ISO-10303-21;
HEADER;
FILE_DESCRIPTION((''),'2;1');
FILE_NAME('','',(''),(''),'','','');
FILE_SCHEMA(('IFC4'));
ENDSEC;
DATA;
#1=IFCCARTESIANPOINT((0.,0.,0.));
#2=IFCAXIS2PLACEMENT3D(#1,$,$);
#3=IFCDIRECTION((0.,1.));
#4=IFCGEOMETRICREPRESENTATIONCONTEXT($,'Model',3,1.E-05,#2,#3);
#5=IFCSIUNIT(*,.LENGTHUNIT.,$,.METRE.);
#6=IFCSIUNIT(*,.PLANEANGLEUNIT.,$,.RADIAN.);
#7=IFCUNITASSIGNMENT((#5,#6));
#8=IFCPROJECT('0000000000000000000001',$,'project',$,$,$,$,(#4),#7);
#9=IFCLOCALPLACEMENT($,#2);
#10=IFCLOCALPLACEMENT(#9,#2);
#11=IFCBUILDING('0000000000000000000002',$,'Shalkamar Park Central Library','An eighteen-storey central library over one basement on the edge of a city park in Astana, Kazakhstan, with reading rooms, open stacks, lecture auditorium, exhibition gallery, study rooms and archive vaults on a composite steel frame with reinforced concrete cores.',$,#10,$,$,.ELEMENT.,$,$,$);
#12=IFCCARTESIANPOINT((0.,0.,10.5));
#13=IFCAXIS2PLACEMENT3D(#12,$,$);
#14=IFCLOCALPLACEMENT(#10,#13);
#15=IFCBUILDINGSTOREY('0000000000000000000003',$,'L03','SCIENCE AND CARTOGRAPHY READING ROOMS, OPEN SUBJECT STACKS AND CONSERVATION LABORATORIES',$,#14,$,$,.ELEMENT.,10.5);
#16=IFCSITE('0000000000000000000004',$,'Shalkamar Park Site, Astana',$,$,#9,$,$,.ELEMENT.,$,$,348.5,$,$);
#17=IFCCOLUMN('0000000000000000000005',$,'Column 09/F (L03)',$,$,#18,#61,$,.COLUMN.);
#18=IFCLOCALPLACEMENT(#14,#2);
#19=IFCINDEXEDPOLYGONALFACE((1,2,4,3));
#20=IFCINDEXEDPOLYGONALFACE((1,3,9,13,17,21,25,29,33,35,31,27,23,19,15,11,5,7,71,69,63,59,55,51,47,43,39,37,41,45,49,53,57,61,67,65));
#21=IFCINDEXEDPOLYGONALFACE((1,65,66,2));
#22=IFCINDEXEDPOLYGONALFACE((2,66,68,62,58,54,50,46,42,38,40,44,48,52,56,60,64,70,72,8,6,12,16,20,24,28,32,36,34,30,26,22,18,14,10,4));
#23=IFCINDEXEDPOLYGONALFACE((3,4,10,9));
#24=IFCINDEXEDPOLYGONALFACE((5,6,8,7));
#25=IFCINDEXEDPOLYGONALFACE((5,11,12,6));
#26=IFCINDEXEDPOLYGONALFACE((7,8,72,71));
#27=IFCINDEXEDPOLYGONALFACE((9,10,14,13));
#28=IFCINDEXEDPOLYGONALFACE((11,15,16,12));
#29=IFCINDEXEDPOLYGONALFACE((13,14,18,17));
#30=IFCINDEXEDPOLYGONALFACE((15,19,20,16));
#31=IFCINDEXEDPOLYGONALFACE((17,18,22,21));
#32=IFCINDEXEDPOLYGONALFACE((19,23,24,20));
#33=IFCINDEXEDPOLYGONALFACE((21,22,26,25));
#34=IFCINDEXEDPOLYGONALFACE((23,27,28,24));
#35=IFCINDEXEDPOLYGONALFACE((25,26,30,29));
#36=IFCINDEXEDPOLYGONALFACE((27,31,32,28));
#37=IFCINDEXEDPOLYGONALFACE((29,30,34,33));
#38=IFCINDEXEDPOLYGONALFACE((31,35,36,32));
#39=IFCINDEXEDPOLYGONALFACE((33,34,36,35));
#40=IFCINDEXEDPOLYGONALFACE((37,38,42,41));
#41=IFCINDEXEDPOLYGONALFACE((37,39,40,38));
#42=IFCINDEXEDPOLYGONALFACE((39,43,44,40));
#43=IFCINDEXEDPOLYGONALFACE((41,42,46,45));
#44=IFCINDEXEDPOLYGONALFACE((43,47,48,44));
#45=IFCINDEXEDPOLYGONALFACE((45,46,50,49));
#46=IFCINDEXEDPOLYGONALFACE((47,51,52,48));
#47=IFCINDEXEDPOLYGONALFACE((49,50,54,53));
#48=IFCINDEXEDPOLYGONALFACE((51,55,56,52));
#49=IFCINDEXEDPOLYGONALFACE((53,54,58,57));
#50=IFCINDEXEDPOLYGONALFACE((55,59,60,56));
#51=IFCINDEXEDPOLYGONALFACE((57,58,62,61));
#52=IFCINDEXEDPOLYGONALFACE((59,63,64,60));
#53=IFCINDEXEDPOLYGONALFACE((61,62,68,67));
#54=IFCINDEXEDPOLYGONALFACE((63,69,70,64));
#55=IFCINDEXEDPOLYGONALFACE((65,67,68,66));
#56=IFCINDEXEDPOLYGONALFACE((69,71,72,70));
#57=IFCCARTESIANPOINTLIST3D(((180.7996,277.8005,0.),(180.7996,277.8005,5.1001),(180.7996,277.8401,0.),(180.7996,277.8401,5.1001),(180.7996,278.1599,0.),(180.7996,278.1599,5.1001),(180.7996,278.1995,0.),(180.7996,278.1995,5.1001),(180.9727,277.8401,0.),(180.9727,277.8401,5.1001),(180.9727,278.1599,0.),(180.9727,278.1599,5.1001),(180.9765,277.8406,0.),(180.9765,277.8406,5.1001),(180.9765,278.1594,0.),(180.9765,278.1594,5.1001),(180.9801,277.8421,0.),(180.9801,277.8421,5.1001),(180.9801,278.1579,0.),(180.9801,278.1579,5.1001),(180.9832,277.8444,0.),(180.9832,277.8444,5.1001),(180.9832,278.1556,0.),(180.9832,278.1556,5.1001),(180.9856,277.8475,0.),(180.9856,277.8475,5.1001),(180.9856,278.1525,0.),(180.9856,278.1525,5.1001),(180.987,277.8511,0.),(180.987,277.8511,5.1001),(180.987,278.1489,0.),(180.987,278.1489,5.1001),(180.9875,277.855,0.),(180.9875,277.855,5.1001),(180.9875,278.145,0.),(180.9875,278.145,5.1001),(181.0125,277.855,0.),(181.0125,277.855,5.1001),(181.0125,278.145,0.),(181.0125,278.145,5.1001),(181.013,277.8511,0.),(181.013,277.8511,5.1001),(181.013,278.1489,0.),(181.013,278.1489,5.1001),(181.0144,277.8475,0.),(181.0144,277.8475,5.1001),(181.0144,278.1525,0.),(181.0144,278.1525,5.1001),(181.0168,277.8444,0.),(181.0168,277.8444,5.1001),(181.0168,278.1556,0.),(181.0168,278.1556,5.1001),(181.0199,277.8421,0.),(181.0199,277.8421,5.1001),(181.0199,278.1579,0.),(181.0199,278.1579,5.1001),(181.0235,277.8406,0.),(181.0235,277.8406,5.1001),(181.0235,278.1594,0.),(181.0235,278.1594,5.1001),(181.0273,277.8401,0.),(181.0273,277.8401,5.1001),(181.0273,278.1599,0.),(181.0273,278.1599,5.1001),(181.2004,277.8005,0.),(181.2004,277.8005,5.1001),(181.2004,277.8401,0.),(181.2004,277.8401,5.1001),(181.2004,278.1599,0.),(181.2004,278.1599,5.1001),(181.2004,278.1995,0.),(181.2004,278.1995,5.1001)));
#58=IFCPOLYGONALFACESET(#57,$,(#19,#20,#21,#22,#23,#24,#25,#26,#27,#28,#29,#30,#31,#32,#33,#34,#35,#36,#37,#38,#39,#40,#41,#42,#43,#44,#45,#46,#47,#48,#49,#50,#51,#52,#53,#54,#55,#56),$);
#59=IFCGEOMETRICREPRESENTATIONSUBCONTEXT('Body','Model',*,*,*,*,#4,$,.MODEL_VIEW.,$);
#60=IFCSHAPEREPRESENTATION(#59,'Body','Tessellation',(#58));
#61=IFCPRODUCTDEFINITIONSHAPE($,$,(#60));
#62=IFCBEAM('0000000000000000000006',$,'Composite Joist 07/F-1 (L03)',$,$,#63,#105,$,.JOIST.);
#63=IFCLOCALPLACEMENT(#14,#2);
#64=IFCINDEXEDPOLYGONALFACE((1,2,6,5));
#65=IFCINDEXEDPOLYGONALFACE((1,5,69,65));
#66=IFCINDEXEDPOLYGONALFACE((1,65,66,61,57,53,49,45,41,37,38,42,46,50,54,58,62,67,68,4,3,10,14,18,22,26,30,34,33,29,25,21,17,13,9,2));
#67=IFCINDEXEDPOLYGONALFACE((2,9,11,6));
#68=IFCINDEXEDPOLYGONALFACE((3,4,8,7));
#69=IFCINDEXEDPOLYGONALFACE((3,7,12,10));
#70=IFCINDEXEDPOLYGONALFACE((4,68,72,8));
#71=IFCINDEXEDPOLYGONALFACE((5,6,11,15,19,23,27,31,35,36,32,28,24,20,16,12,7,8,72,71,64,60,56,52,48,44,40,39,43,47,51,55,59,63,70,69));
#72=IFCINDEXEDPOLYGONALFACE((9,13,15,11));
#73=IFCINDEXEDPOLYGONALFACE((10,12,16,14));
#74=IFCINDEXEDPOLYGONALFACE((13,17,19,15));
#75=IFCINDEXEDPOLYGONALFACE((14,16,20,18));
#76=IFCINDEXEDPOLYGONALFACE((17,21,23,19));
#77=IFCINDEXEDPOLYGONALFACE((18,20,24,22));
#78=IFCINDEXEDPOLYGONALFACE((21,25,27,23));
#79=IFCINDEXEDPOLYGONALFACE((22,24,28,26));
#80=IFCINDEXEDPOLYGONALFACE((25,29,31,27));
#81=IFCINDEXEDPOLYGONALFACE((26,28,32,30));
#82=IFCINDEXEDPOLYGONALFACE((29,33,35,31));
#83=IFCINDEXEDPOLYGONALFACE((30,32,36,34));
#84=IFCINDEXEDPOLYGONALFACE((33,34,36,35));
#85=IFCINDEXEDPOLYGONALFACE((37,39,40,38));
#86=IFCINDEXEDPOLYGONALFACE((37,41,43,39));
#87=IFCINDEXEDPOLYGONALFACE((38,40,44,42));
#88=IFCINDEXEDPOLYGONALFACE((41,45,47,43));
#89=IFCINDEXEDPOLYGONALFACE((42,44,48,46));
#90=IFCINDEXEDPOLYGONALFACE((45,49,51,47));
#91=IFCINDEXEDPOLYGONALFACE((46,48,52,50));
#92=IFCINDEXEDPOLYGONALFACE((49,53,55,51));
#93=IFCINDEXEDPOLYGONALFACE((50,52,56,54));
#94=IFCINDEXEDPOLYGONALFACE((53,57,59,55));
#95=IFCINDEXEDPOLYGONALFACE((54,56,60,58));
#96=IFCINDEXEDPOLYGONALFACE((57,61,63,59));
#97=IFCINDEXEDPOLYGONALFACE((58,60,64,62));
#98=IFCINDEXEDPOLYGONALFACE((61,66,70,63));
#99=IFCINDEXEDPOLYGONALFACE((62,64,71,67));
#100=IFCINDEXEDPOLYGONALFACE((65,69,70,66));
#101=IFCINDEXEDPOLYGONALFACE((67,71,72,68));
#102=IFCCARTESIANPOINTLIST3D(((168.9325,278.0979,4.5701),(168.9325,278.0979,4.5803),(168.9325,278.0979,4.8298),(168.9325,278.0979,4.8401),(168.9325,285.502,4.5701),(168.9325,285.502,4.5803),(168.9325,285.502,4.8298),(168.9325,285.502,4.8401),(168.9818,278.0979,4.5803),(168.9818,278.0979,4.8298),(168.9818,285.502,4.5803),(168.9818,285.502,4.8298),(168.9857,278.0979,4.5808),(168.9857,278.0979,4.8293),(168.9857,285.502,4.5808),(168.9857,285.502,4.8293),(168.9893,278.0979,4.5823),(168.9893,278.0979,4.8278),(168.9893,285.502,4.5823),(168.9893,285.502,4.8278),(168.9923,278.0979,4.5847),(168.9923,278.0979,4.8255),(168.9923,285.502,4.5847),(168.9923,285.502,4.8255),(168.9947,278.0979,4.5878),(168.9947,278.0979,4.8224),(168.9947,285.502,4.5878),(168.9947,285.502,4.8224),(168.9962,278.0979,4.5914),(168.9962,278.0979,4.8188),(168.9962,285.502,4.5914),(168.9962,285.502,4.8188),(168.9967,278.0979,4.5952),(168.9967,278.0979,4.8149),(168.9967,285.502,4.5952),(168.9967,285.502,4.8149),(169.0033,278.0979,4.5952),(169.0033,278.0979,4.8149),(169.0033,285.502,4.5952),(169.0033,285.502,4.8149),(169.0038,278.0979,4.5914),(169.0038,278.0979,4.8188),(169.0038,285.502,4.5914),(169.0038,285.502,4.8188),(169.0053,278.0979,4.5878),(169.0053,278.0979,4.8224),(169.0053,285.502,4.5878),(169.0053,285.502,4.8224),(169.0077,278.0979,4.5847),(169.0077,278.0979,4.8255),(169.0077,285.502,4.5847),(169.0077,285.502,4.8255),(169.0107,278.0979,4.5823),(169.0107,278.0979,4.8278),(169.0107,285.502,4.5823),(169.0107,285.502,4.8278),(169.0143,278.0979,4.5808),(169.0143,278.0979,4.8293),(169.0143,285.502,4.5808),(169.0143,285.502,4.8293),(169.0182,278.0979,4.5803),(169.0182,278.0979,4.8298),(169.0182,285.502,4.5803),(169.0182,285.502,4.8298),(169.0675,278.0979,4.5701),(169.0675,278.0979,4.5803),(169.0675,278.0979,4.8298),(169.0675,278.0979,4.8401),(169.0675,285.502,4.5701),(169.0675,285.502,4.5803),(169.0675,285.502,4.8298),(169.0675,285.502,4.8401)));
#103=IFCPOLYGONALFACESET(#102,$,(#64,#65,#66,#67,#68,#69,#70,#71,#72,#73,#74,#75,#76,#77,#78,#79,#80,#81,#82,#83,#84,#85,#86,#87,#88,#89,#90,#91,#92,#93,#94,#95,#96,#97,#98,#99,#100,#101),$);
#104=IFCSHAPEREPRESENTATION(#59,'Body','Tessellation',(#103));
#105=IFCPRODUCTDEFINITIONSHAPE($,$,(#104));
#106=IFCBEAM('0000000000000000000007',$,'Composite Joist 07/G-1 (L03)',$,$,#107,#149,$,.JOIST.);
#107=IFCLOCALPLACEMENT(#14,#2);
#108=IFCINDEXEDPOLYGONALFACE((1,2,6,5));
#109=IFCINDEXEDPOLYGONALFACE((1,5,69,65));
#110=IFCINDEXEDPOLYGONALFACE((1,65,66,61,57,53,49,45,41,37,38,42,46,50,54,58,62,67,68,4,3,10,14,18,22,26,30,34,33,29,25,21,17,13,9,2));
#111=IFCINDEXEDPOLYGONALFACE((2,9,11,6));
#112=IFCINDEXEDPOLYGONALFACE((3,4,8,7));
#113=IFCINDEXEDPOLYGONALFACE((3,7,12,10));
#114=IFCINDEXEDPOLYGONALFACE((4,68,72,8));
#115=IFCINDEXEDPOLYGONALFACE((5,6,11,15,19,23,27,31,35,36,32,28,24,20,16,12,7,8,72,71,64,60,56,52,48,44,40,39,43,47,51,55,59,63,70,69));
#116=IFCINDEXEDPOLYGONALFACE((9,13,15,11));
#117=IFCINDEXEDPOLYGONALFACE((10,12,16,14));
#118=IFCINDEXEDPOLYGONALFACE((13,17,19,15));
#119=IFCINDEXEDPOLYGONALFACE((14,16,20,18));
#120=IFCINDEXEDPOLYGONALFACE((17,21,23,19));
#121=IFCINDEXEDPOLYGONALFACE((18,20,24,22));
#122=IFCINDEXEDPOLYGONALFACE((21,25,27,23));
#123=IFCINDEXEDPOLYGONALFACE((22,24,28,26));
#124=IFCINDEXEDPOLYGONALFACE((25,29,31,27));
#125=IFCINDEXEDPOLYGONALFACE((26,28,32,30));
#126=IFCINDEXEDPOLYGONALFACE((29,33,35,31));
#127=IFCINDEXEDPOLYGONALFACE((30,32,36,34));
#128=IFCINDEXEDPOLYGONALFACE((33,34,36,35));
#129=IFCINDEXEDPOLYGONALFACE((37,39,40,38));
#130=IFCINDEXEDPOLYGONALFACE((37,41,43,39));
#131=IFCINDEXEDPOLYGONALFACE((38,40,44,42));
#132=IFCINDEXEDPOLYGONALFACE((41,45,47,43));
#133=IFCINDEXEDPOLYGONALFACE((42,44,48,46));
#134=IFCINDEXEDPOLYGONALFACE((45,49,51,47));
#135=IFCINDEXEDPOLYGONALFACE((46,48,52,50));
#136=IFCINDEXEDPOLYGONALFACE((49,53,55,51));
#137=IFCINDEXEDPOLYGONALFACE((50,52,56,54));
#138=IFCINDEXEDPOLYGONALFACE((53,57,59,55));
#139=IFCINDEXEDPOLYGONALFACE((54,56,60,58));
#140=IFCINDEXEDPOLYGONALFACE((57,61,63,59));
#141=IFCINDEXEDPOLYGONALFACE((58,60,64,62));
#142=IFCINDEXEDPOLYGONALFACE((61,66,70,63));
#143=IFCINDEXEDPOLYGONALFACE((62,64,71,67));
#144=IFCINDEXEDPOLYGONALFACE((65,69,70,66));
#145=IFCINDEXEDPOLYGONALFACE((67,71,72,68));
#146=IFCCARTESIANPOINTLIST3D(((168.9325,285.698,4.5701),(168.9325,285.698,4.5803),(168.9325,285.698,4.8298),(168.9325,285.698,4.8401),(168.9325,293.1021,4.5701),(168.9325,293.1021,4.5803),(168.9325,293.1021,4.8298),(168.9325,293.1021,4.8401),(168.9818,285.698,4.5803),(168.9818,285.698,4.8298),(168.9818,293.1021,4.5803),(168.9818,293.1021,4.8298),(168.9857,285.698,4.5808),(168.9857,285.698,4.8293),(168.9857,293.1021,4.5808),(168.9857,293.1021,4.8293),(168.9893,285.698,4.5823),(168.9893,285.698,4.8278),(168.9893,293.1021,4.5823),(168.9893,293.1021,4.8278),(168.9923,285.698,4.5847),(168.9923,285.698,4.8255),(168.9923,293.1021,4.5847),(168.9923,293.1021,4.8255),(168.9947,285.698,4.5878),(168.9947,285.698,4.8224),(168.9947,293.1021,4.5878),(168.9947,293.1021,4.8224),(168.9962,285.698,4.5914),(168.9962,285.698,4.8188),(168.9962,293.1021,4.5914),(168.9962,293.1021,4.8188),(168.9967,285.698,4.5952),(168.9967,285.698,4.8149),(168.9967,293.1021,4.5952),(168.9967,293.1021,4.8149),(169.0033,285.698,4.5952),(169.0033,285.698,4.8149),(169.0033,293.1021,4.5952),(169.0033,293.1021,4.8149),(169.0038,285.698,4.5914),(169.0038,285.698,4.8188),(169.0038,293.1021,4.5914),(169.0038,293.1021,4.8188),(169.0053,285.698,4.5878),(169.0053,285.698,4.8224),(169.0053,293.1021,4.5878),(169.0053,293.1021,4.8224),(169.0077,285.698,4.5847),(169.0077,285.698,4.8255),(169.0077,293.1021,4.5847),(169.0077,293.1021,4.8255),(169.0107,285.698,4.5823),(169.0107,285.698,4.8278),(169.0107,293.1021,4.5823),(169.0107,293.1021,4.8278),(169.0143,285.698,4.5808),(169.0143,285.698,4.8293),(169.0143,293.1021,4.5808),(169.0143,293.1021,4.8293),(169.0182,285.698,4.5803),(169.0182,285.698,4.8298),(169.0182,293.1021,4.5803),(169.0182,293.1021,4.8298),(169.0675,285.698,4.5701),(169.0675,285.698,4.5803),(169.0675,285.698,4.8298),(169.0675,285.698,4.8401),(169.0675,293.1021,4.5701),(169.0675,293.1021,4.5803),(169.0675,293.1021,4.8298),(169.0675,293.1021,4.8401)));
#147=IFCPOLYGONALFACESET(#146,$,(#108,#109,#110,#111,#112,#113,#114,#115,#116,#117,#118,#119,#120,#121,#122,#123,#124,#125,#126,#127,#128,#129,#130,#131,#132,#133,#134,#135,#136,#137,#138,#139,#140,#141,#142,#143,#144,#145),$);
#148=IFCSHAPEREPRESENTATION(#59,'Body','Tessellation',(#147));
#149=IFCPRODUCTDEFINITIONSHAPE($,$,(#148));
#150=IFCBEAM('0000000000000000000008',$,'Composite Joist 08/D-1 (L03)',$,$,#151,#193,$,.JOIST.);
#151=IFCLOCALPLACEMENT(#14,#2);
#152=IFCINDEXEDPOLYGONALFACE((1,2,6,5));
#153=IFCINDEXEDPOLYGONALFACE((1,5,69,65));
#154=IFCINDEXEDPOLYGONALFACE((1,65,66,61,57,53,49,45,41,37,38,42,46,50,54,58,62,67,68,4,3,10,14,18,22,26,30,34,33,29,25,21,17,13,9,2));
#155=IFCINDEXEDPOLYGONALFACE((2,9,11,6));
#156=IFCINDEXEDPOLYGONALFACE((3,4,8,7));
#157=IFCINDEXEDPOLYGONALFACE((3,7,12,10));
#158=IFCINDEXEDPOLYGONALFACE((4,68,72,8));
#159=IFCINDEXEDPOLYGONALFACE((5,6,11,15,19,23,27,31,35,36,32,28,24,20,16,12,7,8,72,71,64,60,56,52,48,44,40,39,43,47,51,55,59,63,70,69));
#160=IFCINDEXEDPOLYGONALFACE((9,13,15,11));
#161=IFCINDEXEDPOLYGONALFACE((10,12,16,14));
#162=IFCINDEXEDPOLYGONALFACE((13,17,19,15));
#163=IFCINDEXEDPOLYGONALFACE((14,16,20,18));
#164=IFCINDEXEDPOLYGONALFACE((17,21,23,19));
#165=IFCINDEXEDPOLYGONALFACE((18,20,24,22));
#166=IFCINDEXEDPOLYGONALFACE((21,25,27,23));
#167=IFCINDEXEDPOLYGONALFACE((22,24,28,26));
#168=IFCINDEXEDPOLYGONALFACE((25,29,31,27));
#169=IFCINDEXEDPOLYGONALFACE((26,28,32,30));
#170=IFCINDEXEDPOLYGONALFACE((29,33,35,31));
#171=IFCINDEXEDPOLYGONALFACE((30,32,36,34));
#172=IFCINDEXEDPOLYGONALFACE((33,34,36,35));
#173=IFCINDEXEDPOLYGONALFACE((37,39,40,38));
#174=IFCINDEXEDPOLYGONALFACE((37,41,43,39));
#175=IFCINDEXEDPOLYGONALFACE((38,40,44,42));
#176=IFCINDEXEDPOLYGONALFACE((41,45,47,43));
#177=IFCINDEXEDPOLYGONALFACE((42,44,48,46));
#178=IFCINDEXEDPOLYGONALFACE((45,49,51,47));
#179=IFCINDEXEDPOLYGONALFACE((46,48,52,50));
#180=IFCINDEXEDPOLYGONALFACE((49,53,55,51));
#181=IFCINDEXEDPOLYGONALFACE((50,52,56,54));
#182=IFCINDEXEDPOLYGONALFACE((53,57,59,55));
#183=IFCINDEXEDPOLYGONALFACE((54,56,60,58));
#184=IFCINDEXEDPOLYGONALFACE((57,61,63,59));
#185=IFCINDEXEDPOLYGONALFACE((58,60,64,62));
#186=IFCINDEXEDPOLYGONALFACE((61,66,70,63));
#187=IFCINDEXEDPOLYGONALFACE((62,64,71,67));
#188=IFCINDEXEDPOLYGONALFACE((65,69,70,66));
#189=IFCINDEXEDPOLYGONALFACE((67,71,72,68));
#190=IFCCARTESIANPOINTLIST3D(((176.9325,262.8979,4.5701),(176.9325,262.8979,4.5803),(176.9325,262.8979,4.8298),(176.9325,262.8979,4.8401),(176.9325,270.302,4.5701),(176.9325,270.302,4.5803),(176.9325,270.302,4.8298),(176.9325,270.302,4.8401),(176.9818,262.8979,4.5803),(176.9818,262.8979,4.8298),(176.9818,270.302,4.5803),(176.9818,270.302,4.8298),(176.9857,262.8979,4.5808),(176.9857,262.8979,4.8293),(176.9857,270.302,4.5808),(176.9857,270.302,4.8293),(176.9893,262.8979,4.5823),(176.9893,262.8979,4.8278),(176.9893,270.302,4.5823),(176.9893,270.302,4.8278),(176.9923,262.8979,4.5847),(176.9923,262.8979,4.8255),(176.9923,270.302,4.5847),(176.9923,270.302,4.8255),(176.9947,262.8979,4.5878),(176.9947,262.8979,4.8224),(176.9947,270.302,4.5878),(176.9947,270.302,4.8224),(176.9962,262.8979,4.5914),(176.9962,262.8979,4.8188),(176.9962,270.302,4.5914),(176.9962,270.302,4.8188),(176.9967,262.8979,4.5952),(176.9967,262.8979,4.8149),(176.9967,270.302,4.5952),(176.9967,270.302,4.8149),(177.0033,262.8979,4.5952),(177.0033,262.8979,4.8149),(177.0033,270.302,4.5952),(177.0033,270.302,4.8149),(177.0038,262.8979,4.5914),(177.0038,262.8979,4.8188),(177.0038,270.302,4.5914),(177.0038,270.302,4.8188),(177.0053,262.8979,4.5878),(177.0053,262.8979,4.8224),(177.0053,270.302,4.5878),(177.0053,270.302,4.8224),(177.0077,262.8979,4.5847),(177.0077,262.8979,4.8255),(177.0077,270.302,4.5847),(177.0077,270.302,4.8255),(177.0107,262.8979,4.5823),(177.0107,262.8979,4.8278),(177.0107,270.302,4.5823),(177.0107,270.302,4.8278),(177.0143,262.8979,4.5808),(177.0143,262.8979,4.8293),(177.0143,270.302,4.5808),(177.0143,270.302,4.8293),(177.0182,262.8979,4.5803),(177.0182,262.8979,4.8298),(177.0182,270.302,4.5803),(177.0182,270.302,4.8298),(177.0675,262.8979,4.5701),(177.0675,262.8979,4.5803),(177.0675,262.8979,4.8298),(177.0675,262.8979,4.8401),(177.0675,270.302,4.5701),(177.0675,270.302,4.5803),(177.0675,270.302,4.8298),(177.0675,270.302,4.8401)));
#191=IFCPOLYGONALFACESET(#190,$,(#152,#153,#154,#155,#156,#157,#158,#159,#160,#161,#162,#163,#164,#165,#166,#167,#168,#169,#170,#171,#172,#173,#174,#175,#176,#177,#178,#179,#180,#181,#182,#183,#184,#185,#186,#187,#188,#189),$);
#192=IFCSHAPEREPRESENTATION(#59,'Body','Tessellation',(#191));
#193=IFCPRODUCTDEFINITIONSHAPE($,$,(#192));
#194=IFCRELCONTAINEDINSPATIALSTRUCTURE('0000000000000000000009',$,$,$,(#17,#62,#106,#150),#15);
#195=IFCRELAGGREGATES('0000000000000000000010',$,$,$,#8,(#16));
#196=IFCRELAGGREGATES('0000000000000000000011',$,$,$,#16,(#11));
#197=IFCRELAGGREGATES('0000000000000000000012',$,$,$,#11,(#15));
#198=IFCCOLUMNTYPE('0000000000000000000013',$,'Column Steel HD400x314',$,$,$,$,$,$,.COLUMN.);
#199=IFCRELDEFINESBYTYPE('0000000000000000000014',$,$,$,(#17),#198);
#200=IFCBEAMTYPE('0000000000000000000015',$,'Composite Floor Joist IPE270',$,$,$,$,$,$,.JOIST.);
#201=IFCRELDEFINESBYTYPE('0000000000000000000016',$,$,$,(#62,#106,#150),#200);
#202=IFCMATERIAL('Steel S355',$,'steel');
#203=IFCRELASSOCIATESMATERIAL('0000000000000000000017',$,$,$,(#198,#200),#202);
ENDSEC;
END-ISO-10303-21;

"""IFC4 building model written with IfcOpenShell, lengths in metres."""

from ifc_helpers import new_model, si_unit, direction, frame, origin, origin_2d, place, context, subcontext, project, spatial, i_section, extrude, material, material_profile, profile_set, type_object, element, save


model = new_model("IFC4")

# Units and contexts
model_context = context("Model", 3, precision=1e-05, world=origin(), true_north=direction((0.0, 1.0)))
body_context = subcontext(model_context, "Body", "Model", "MODEL_VIEW")
ifc_project = project(units=[si_unit("LENGTHUNIT", "METRE"), si_unit("PLANEANGLEUNIT", "RADIAN")], contexts=[model_context])

# Site, building, storey
site_placement = place(None, origin())
site = spatial("IfcSite", under=ifc_project, at=site_placement, Name="Shalkamar Park Site, Astana", CompositionType="ELEMENT", RefElevation=348.5)
building_placement = place(site_placement, origin())
building = spatial("IfcBuilding", under=site, at=building_placement, Name="Shalkamar Park Central Library", Description="An eighteen-storey central library over one basement on the edge of a city park in Astana, Kazakhstan, with reading rooms, open stacks, lecture auditorium, exhibition gallery, study rooms and archive vaults on a composite steel frame with reinforced concrete cores.", CompositionType="ELEMENT")
storey_placement = place(building_placement, frame((0.0, 0.0, 10.5)))
storey = spatial("IfcBuildingStorey", under=building, at=storey_placement, Name="L03", Description="SCIENCE AND CARTOGRAPHY READING ROOMS, OPEN SUBJECT STACKS AND CONSERVATION LABORATORIES", CompositionType="ELEMENT", Elevation=10.5)

# Column
ifc_material = material(Name="Steel S355", Category="steel")
ifc_material_profile_1 = material_profile(ifc_material, i_section(OverallWidth=0.4009, OverallDepth=0.3989, WebThickness=0.0249, FlangeThickness=0.0396, FilletRadius=0.0149, at=origin_2d()), Name="HD 400x314")
ifc_profile_set_1 = profile_set([ifc_material_profile_1], Name="Steel S355")
column_type = type_object("IfcColumnType", Name="Column Steel HD400x314", PredefinedType="COLUMN", material=ifc_profile_set_1)
for number, where, z_axis, x_axis, name in (
    (1, (181.0, 278.0, 0.0), (0.0, 0.0, 1.0), (1.0, 0.0, 0.0), "Column 09/F (L03)"),
):
    element("IfcColumn", number, at=place(storey_placement, frame(where, z_axis=z_axis, x_axis=x_axis)), inside=storey, type_object=column_type, Name=name, PredefinedType="COLUMN", context=body_context, shape_type="SweptSolid", body=[
        extrude(i_section(OverallWidth=0.4009, OverallDepth=0.3989, WebThickness=0.0249, FlangeThickness=0.0396, FilletRadius=0.0149, at=origin_2d()), origin(), (0.0, 0.0, 1.0), 5.1001),
    ])

# Beams
ifc_material_profile_2 = material_profile(ifc_material, i_section(OverallWidth=0.135, OverallDepth=0.27, WebThickness=0.0066, FlangeThickness=0.0103, FilletRadius=0.0149, at=origin_2d()), Name="IPE 270")
ifc_profile_set_2 = profile_set([ifc_material_profile_2], Name="Steel S355")
beam_type_1 = type_object("IfcBeamType", Name="Composite Floor Joist IPE270", PredefinedType="JOIST", material=ifc_profile_set_2)
for number, where, z_axis, x_axis, name in (
    (2, (169.0, 278.0979, 4.7051), (0.0, 1.0, 0.0), (-1.0, 0.0, 0.0), "Composite Joist 07/F-1 (L03)"),
    (3, (169.0, 285.698, 4.7051), (0.0, 1.0, 0.0), (-1.0, 0.0, 0.0), "Composite Joist 07/G-1 (L03)"),
    (4, (177.0, 262.8979, 4.7051), (0.0, 1.0, 0.0), (-1.0, 0.0, 0.0), "Composite Joist 08/D-1 (L03)"),
):
    element("IfcBeam", number, at=place(storey_placement, frame(where, z_axis=z_axis, x_axis=x_axis)), inside=storey, type_object=beam_type_1, Name=name, PredefinedType="JOIST", context=body_context, shape_type="SweptSolid", body=[
        extrude(i_section(OverallWidth=0.135, OverallDepth=0.27, WebThickness=0.0066, FlangeThickness=0.0103, FilletRadius=0.0149, at=origin_2d()), origin(), (0.0, 0.0, 1.0), 7.4041),
    ])

save(model, "model.ifc")
